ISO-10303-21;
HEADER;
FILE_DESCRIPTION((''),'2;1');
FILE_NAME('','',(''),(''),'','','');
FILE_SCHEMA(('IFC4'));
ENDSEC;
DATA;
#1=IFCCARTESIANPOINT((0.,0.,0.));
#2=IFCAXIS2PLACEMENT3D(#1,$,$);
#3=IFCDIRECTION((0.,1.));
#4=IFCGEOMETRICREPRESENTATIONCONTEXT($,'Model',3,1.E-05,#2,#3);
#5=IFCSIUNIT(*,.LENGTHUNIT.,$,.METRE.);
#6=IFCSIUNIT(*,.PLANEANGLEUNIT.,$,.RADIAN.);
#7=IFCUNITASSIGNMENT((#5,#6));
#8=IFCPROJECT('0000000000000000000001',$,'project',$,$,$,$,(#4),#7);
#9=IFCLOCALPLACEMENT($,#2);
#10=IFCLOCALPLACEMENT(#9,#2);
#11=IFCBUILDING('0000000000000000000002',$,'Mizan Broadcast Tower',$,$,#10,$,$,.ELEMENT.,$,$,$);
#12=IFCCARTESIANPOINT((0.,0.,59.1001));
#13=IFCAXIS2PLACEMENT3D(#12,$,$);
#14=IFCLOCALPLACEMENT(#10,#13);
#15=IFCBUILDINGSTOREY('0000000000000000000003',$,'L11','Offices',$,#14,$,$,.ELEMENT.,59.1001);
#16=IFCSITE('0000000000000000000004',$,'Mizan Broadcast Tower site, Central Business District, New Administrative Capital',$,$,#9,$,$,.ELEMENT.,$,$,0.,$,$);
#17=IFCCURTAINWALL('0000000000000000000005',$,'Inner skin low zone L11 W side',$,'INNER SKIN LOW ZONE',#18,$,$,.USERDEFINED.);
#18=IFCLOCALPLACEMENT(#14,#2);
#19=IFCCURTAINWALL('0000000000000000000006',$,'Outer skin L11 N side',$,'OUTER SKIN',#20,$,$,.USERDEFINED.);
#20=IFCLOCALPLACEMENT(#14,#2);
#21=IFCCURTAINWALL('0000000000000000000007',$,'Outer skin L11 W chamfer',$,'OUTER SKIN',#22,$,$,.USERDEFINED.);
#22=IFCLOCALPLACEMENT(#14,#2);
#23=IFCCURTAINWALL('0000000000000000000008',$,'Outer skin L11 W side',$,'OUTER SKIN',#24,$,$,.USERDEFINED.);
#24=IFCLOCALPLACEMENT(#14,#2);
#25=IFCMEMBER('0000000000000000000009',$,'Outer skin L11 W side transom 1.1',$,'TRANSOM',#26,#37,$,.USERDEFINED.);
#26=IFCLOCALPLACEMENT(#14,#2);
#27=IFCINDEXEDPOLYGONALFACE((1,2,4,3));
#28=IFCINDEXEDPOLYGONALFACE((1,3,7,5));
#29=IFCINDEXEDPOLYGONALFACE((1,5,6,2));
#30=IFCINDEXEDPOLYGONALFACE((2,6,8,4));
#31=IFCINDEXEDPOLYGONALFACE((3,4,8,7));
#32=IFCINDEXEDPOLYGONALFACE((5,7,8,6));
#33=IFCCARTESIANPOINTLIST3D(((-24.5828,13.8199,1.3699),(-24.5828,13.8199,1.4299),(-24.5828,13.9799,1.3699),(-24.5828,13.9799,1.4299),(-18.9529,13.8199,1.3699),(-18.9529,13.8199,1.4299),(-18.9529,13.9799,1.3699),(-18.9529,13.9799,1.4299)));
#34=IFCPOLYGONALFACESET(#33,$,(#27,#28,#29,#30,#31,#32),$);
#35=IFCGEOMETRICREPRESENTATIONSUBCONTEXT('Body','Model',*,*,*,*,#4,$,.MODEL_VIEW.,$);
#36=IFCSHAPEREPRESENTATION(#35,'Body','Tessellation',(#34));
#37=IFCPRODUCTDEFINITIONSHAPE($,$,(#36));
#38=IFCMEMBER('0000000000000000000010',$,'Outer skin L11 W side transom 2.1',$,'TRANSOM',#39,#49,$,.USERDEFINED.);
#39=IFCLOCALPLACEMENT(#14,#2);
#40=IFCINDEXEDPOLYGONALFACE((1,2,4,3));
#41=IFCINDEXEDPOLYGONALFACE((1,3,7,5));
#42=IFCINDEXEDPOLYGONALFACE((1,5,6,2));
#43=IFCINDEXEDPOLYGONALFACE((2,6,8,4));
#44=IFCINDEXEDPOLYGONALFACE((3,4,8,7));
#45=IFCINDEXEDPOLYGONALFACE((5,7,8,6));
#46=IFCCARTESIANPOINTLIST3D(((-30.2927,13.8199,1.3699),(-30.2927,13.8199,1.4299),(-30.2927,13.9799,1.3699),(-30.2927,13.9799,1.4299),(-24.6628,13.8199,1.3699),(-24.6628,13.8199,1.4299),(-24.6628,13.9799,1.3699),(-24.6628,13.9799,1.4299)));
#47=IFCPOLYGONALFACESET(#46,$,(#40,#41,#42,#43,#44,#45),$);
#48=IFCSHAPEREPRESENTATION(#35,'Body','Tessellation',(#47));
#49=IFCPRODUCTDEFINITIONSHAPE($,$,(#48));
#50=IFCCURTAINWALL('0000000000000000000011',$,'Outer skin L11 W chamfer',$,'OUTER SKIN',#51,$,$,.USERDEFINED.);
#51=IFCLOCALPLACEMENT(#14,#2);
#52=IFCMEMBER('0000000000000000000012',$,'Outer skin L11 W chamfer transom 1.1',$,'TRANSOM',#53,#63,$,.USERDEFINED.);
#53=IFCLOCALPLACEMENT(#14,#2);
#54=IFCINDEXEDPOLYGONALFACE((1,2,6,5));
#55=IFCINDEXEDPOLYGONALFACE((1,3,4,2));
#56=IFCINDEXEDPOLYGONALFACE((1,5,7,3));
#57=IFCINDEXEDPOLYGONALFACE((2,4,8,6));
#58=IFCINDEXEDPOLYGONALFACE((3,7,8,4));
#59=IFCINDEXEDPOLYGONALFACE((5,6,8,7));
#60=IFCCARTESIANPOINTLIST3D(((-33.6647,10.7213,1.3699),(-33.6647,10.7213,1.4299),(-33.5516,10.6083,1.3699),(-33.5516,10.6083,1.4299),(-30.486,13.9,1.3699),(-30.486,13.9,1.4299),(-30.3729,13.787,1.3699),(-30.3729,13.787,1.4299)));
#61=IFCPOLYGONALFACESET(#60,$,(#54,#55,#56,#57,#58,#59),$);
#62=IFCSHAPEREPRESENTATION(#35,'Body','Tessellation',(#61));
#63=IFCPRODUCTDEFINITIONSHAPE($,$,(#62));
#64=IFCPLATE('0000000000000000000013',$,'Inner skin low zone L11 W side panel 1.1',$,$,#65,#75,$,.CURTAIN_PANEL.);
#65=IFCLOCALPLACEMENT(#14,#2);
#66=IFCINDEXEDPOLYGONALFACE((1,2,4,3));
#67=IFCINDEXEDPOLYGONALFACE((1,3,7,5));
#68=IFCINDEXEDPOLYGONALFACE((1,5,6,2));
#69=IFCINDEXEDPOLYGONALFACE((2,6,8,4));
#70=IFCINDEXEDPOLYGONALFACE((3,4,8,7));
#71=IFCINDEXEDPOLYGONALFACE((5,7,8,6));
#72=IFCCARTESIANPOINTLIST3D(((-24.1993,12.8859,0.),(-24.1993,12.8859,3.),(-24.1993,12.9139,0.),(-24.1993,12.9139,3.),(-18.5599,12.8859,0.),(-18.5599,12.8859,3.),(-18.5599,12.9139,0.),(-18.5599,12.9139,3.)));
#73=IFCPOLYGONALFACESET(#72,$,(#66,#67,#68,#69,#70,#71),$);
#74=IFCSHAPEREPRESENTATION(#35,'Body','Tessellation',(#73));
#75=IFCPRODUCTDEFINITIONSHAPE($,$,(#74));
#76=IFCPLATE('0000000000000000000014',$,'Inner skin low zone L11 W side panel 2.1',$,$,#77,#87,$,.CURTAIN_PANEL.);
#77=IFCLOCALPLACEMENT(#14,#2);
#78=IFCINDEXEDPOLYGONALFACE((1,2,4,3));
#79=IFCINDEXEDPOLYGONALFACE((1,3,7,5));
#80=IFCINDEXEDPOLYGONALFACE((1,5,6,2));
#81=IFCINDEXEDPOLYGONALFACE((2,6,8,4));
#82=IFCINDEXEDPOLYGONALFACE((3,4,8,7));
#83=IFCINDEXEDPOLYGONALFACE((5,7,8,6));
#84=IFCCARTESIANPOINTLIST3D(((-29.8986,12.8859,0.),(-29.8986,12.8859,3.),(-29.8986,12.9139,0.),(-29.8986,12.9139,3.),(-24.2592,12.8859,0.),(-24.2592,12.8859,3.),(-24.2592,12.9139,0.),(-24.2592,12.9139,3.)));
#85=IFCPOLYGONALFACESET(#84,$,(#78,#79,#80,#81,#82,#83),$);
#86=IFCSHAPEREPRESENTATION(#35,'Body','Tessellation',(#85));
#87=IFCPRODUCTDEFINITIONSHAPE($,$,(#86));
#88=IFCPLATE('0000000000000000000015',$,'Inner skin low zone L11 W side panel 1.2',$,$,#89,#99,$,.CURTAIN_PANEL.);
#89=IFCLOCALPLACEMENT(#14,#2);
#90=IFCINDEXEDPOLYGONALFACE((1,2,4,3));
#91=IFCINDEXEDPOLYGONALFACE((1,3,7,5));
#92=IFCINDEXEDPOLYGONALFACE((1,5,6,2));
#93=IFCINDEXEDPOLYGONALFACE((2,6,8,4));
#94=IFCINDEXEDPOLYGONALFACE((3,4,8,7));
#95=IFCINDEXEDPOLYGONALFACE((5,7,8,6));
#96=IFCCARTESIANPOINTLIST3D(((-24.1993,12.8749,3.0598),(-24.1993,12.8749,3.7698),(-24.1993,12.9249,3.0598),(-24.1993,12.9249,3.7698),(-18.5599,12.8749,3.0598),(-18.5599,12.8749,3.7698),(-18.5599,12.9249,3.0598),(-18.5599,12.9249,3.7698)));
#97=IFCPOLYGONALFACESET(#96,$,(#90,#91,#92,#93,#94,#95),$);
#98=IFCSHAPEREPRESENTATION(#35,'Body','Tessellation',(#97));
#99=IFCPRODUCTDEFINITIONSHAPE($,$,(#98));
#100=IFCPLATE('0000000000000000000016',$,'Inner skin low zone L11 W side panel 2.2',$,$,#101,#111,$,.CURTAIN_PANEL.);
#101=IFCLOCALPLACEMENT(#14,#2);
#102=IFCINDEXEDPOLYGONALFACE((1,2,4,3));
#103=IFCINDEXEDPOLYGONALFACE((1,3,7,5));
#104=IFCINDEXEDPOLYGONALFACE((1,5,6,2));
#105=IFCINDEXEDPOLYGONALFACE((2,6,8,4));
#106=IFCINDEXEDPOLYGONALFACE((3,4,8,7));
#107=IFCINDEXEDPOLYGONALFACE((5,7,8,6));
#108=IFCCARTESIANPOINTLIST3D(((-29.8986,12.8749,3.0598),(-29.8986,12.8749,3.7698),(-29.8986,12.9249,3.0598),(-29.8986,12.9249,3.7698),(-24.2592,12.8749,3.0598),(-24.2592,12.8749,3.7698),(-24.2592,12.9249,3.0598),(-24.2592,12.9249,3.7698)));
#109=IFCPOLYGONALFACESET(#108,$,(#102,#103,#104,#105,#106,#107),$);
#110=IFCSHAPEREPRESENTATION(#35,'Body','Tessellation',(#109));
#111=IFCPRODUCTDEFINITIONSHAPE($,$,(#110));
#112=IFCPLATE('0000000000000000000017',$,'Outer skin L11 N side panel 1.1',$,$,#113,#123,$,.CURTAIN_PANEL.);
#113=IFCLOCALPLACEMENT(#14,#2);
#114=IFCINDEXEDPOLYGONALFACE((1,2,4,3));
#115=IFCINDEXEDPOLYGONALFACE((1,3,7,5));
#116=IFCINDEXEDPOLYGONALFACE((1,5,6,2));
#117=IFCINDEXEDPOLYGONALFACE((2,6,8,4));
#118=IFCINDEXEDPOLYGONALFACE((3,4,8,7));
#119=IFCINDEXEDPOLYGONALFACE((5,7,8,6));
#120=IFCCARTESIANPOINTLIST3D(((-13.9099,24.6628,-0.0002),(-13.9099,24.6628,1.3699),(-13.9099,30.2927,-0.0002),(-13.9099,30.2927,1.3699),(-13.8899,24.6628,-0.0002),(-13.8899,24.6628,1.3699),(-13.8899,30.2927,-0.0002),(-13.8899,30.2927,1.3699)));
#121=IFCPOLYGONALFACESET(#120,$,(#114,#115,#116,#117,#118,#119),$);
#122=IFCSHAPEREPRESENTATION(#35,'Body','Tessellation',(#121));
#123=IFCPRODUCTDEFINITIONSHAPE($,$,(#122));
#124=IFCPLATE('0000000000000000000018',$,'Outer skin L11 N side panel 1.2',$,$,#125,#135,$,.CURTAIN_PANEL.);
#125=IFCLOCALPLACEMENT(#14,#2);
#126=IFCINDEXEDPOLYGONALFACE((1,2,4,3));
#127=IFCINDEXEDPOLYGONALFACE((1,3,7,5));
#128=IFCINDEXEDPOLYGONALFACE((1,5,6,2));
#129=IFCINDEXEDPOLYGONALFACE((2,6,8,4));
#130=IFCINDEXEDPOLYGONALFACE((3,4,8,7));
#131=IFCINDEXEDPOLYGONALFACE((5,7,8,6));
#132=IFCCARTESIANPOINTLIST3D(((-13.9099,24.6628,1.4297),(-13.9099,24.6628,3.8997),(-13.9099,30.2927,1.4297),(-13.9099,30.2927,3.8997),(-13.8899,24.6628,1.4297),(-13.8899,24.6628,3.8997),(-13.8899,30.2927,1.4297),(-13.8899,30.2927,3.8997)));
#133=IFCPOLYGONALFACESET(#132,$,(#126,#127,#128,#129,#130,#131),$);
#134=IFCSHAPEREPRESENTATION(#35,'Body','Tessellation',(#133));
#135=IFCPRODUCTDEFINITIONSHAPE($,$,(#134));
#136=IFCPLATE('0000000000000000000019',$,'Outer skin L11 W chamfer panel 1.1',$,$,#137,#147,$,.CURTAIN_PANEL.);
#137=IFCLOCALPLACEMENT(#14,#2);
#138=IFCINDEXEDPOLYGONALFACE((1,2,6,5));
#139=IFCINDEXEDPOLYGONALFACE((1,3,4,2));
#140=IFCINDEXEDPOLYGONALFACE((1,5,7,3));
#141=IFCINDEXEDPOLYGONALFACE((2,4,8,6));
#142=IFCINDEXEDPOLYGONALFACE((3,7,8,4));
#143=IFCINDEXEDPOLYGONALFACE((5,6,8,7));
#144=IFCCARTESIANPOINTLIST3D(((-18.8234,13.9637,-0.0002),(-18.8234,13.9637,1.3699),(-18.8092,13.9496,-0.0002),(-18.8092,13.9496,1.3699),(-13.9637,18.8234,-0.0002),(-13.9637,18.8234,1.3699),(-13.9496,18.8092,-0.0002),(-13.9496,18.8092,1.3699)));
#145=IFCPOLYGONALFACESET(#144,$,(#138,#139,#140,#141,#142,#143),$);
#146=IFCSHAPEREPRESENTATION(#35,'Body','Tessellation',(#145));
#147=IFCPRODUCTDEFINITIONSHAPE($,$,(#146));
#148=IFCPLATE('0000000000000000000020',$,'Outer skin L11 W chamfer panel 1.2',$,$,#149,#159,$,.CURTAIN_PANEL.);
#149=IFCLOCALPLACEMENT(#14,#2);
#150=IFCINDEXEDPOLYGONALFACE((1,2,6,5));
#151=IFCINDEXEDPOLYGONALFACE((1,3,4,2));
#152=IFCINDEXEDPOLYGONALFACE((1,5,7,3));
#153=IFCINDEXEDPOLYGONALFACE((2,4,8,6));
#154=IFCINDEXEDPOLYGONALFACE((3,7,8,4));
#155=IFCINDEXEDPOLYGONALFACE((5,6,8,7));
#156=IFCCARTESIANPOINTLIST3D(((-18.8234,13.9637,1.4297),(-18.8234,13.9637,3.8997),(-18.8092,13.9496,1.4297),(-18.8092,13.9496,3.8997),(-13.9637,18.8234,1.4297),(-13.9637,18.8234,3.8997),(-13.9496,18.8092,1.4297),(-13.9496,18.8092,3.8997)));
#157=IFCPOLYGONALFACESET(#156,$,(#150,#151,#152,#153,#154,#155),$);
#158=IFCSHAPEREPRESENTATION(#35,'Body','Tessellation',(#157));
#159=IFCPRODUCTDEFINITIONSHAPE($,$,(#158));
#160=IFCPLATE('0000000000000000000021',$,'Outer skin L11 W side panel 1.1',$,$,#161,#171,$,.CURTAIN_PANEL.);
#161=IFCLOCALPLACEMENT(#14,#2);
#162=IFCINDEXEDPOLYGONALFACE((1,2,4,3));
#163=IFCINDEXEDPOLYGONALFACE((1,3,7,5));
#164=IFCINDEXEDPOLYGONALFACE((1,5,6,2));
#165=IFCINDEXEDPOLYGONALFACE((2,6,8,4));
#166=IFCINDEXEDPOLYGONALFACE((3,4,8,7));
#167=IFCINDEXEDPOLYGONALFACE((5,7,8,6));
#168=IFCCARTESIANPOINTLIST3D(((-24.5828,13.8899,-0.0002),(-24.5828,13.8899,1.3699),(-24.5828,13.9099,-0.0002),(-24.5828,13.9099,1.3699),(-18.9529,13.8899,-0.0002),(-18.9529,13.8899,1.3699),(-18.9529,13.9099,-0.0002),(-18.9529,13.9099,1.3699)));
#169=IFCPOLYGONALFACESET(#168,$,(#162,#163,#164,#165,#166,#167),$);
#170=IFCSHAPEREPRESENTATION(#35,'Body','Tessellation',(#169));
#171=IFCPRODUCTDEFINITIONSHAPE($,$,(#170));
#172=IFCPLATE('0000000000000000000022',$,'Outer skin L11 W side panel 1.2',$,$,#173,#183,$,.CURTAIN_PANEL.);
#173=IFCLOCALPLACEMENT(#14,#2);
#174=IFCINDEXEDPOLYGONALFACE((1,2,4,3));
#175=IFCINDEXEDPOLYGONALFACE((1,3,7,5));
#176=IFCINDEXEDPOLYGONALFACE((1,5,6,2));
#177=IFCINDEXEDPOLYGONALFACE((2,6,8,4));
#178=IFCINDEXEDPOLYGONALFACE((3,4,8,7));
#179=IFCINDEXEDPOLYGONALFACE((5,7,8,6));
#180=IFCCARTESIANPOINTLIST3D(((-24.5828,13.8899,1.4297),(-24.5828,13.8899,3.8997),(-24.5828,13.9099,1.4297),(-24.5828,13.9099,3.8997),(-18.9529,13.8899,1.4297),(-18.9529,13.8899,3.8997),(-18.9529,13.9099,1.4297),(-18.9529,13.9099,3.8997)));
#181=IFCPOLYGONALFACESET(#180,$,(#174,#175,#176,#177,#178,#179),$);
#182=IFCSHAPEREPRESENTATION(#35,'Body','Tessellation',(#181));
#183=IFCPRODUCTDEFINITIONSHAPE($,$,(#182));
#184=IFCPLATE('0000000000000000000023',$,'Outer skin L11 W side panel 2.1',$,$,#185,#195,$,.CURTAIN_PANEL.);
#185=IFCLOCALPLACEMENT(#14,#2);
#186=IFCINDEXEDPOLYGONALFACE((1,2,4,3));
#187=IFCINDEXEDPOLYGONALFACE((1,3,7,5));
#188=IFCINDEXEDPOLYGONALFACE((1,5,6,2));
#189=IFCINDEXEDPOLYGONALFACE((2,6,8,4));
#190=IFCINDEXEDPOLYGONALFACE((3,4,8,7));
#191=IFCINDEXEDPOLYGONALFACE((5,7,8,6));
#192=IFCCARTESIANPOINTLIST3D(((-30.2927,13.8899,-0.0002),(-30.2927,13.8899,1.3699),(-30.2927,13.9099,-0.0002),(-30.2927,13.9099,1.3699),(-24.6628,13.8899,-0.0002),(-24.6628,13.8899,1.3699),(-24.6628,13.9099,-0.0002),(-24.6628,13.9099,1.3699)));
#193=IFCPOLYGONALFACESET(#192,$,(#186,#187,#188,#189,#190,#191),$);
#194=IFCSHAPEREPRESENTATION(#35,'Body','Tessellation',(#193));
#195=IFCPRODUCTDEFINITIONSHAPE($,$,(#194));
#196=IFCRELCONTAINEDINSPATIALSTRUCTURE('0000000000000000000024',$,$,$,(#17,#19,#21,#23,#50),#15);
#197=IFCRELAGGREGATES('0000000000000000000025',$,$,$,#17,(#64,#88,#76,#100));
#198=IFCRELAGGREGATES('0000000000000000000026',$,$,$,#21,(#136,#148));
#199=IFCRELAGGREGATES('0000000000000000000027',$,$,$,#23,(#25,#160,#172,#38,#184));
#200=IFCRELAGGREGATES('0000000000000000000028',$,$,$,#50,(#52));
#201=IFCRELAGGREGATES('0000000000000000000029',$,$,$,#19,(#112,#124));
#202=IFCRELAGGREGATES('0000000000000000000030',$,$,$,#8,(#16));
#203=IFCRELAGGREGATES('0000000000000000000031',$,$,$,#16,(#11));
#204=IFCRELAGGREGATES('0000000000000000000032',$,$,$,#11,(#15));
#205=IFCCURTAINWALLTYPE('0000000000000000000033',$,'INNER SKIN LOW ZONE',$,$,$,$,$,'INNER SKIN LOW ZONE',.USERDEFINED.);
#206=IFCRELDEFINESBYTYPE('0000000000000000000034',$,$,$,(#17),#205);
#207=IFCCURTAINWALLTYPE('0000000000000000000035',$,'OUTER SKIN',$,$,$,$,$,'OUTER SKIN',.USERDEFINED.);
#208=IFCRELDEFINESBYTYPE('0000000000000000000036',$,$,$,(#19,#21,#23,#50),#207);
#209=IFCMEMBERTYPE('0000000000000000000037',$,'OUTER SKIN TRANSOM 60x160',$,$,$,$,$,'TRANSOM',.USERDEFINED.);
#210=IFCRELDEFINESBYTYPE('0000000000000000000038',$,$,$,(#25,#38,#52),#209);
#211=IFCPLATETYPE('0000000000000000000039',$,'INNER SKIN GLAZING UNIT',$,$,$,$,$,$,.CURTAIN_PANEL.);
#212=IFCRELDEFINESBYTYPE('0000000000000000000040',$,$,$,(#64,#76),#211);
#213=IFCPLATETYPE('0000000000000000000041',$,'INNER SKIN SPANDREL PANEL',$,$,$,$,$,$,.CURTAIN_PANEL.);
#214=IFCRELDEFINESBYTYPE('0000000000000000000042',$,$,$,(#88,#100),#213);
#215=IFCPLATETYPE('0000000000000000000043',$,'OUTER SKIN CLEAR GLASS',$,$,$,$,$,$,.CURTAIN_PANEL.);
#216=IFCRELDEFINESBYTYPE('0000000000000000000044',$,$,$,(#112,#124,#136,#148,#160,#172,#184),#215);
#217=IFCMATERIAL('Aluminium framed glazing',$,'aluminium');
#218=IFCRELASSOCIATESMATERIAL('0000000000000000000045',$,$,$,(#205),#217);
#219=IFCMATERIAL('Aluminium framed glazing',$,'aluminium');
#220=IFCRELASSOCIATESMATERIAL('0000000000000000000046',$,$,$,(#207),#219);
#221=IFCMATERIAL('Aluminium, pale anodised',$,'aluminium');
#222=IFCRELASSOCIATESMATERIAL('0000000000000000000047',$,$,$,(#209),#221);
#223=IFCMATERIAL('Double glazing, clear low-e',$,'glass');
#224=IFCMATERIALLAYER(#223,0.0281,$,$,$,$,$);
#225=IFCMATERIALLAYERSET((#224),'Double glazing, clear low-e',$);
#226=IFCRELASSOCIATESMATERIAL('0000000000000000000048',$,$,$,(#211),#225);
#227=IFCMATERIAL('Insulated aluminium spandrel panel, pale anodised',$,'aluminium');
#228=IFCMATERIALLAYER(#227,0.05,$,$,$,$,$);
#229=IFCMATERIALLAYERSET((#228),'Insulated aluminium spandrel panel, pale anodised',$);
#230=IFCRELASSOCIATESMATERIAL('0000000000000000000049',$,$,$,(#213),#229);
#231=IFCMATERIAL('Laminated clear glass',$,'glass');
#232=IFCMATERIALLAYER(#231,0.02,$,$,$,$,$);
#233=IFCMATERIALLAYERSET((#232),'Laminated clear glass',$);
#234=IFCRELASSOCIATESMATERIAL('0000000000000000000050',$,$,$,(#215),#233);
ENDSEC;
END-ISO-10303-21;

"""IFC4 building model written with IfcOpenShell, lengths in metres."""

from ifc_helpers import new_model, si_unit, direction, frame, origin, origin_2d, place, context, subcontext, project, spatial, rectangle, extrude, material, layer, layer_set, material_profile, profile_set, type_object, element, aggregate, save


model = new_model("IFC4")

# Units and contexts
model_context = context("Model", 3, precision=1e-05, world=origin(), true_north=direction((0.0, 1.0)))
body_context = subcontext(model_context, "Body", "Model", "MODEL_VIEW")
ifc_project = project(units=[si_unit("LENGTHUNIT", "METRE"), si_unit("PLANEANGLEUNIT", "RADIAN")], contexts=[model_context])

# Site, building, storey
site_placement = place(None, origin())
site = spatial("IfcSite", under=ifc_project, at=site_placement, Name="Mizan Broadcast Tower site, Central Business District, New Administrative Capital", CompositionType="ELEMENT", RefElevation=0.0)
building_placement = place(site_placement, origin())
building = spatial("IfcBuilding", under=site, at=building_placement, Name="Mizan Broadcast Tower", CompositionType="ELEMENT")
storey_placement = place(building_placement, frame((0.0, 0.0, 59.1001)))
storey = spatial("IfcBuildingStorey", under=building, at=storey_placement, Name="L11", Description="Offices", CompositionType="ELEMENT", Elevation=59.1001)

# Curtain wall
ifc_material_1 = material(Name="Aluminium framed glazing", Category="aluminium")
curtain_wall_type_1 = type_object("IfcCurtainWallType", Name="INNER SKIN LOW ZONE", ElementType="INNER SKIN LOW ZONE", PredefinedType="USERDEFINED", material=ifc_material_1)
curtain_wall_1_placement = place(storey_placement, origin())
curtain_wall_1 = element("IfcCurtainWall", 1, at=curtain_wall_1_placement, inside=storey, type_object=curtain_wall_type_1, Name="Inner skin low zone L11 W side", ObjectType="INNER SKIN LOW ZONE", PredefinedType="USERDEFINED")

# Shared definitions
ifc_material_2 = material(Name="Aluminium framed glazing", Category="aluminium")
curtain_wall_type_2 = type_object("IfcCurtainWallType", Name="OUTER SKIN", ElementType="OUTER SKIN", PredefinedType="USERDEFINED", material=ifc_material_2)

# Curtain wall
curtain_wall_2_placement = place(storey_placement, origin())
curtain_wall_2 = element("IfcCurtainWall", 2, at=curtain_wall_2_placement, inside=storey, type_object=curtain_wall_type_2, Name="Outer skin L11 N side", ObjectType="OUTER SKIN", PredefinedType="USERDEFINED")

# Curtain wall
curtain_wall_3_placement = place(storey_placement, origin())
curtain_wall_3 = element("IfcCurtainWall", 3, at=curtain_wall_3_placement, inside=storey, type_object=curtain_wall_type_2, Name="Outer skin L11 W chamfer", ObjectType="OUTER SKIN", PredefinedType="USERDEFINED")

# Curtain wall
curtain_wall_4_placement = place(storey_placement, origin())
curtain_wall_4 = element("IfcCurtainWall", 4, at=curtain_wall_4_placement, inside=storey, type_object=curtain_wall_type_2, Name="Outer skin L11 W side", ObjectType="OUTER SKIN", PredefinedType="USERDEFINED")

# Members
ifc_material_3 = material(Name="Aluminium, pale anodised", Category="aluminium")
ifc_material_profile_1 = material_profile(ifc_material_3, rectangle(XDim=0.1599, YDim=0.0601, at=origin_2d()), Name="TRANSOM 160x60")
ifc_profile_set_1 = profile_set([ifc_material_profile_1], Name="Aluminium, pale anodised")
member_type_1 = type_object("IfcMemberType", Name="OUTER SKIN TRANSOM 60x160", ElementType="TRANSOM", PredefinedType="USERDEFINED", material=ifc_profile_set_1)
member_1_placement = place(storey_placement, frame((-18.9529, 13.8999, 1.3999), z_axis=(-1.0, 0.0, 0.0), x_axis=(0.0, -1.0, 0.0)))
member_1 = element("IfcMember", 5, at=member_1_placement, type_object=member_type_1, Name="Outer skin L11 W side transom 1.1", ObjectType="TRANSOM", PredefinedType="USERDEFINED", context=body_context, shape_type="SweptSolid", body=[
    extrude(rectangle(XDim=0.1599, YDim=0.0601, at=origin_2d()), origin(), (0.0, 0.0, 1.0), 5.6299),
])
member_2_placement = place(storey_placement, frame((-24.6628, 13.8999, 1.3999), z_axis=(-1.0, 0.0, 0.0), x_axis=(0.0, -1.0, 0.0)))
member_2 = element("IfcMember", 6, at=member_2_placement, type_object=member_type_1, Name="Outer skin L11 W side transom 2.1", ObjectType="TRANSOM", PredefinedType="USERDEFINED", context=body_context, shape_type="SweptSolid", body=[
    extrude(rectangle(XDim=0.1599, YDim=0.0601, at=origin_2d()), origin(), (0.0, 0.0, 1.0), 5.6299),
])

# Curtain wall, member
curtain_wall_5_placement = place(storey_placement, origin())
curtain_wall_5 = element("IfcCurtainWall", 7, at=curtain_wall_5_placement, inside=storey, type_object=curtain_wall_type_2, Name="Outer skin L11 W chamfer", ObjectType="OUTER SKIN", PredefinedType="USERDEFINED")
member_3_placement = place(storey_placement, frame((-30.4294, 13.8435, 1.3999), z_axis=(-0.707107, -0.707107, 0.0), x_axis=(0.707107, -0.707107, 0.0)))
member_3 = element("IfcMember", 8, at=member_3_placement, type_object=member_type_1, Name="Outer skin L11 W chamfer transom 1.1", ObjectType="TRANSOM", PredefinedType="USERDEFINED", context=body_context, shape_type="SweptSolid", body=[
    extrude(rectangle(XDim=0.1599, YDim=0.0601, at=origin_2d()), origin(), (0.0, 0.0, 1.0), 4.4954),
])

# Plates
ifc_material_4 = material(Name="Double glazing, clear low-e", Category="glass")
ifc_layer_1 = layer(ifc_material_4, 0.0281)
ifc_layer_set_1 = layer_set([ifc_layer_1], Name="Double glazing, clear low-e")
plate_type_1 = type_object("IfcPlateType", Name="INNER SKIN GLAZING UNIT", PredefinedType="CURTAIN_PANEL", material=ifc_layer_set_1)
plate_1_placement = place(storey_placement, frame((-21.3796, 12.8999, 0.0), z_axis=(0.0, 0.0, 1.0), x_axis=(-1.0, 0.0, 0.0)))
plate_1 = element("IfcPlate", 9, at=plate_1_placement, type_object=plate_type_1, Name="Inner skin low zone L11 W side panel 1.1", PredefinedType="CURTAIN_PANEL", context=body_context, shape_type="SweptSolid", body=[
    extrude(rectangle(XDim=5.6394, YDim=0.0281, at=origin_2d()), origin(), (0.0, 0.0, 1.0), 3.0),
])
plate_2_placement = place(storey_placement, frame((-27.0789, 12.8999, 0.0), z_axis=(0.0, 0.0, 1.0), x_axis=(-1.0, 0.0, 0.0)))
plate_2 = element("IfcPlate", 10, at=plate_2_placement, type_object=plate_type_1, Name="Inner skin low zone L11 W side panel 2.1", PredefinedType="CURTAIN_PANEL", context=body_context, shape_type="SweptSolid", body=[
    extrude(rectangle(XDim=5.6394, YDim=0.0281, at=origin_2d()), origin(), (0.0, 0.0, 1.0), 3.0),
])
ifc_material_5 = material(Name="Insulated aluminium spandrel panel, pale anodised", Category="aluminium")
ifc_layer_2 = layer(ifc_material_5, 0.05)
ifc_layer_set_2 = layer_set([ifc_layer_2], Name="Insulated aluminium spandrel panel, pale anodised")
plate_type_2 = type_object("IfcPlateType", Name="INNER SKIN SPANDREL PANEL", PredefinedType="CURTAIN_PANEL", material=ifc_layer_set_2)
plate_3_placement = place(storey_placement, frame((-21.3796, 12.8999, 3.0598), z_axis=(0.0, 0.0, 1.0), x_axis=(-1.0, 0.0, 0.0)))
plate_3 = element("IfcPlate", 11, at=plate_3_placement, type_object=plate_type_2, Name="Inner skin low zone L11 W side panel 1.2", PredefinedType="CURTAIN_PANEL", context=body_context, shape_type="SweptSolid", body=[
    extrude(rectangle(XDim=5.6394, YDim=0.05, at=origin_2d()), origin(), (0.0, 0.0, 1.0), 0.71),
])
plate_4_placement = place(storey_placement, frame((-27.0789, 12.8999, 3.0598), z_axis=(0.0, 0.0, 1.0), x_axis=(-1.0, 0.0, 0.0)))
plate_4 = element("IfcPlate", 12, at=plate_4_placement, type_object=plate_type_2, Name="Inner skin low zone L11 W side panel 2.2", PredefinedType="CURTAIN_PANEL", context=body_context, shape_type="SweptSolid", body=[
    extrude(rectangle(XDim=5.6394, YDim=0.05, at=origin_2d()), origin(), (0.0, 0.0, 1.0), 0.71),
])
aggregate(curtain_wall_1, [plate_1, plate_3, plate_2, plate_4])
ifc_material_6 = material(Name="Laminated clear glass", Category="glass")
ifc_layer_3 = layer(ifc_material_6, 0.02)
ifc_layer_set_3 = layer_set([ifc_layer_3], Name="Laminated clear glass")
plate_type_3 = type_object("IfcPlateType", Name="OUTER SKIN CLEAR GLASS", PredefinedType="CURTAIN_PANEL", material=ifc_layer_set_3)
plate_5_placement = place(storey_placement, frame((-13.8999, 27.4778, -0.0002), z_axis=(0.0, 0.0, 1.0), x_axis=(0.0, -1.0, 0.0)))
plate_5 = element("IfcPlate", 13, at=plate_5_placement, type_object=plate_type_3, Name="Outer skin L11 N side panel 1.1", PredefinedType="CURTAIN_PANEL", context=body_context, shape_type="SweptSolid", body=[
    extrude(rectangle(XDim=5.6299, YDim=0.02, at=origin_2d()), origin(), (0.0, 0.0, 1.0), 1.3701),
])
plate_6_placement = place(storey_placement, frame((-13.8999, 27.4778, 1.4297), z_axis=(0.0, 0.0, 1.0), x_axis=(0.0, -1.0, 0.0)))
plate_6 = element("IfcPlate", 14, at=plate_6_placement, type_object=plate_type_3, Name="Outer skin L11 N side panel 1.2", PredefinedType="CURTAIN_PANEL", context=body_context, shape_type="SweptSolid", body=[
    extrude(rectangle(XDim=5.6299, YDim=0.02, at=origin_2d()), origin(), (0.0, 0.0, 1.0), 2.47),
])
plate_7_placement = place(storey_placement, frame((-16.3865, 16.3865, -0.0002), z_axis=(0.0, 0.0, 1.0), x_axis=(-0.707107, -0.707107, 0.0)))
plate_7 = element("IfcPlate", 15, at=plate_7_placement, type_object=plate_type_3, Name="Outer skin L11 W chamfer panel 1.1", PredefinedType="CURTAIN_PANEL", context=body_context, shape_type="SweptSolid", body=[
    extrude(rectangle(XDim=6.8726, YDim=0.02, at=origin_2d()), origin(), (0.0, 0.0, 1.0), 1.3701),
])
plate_8_placement = place(storey_placement, frame((-16.3865, 16.3865, 1.4297), z_axis=(0.0, 0.0, 1.0), x_axis=(-0.707107, -0.707107, 0.0)))
plate_8 = element("IfcPlate", 16, at=plate_8_placement, type_object=plate_type_3, Name="Outer skin L11 W chamfer panel 1.2", PredefinedType="CURTAIN_PANEL", context=body_context, shape_type="SweptSolid", body=[
    extrude(rectangle(XDim=6.8726, YDim=0.02, at=origin_2d()), origin(), (0.0, 0.0, 1.0), 2.47),
])
aggregate(curtain_wall_3, [plate_7, plate_8])
plate_9_placement = place(storey_placement, frame((-21.7678, 13.8999, -0.0002), z_axis=(0.0, 0.0, 1.0), x_axis=(-1.0, 0.0, 0.0)))
plate_9 = element("IfcPlate", 17, at=plate_9_placement, type_object=plate_type_3, Name="Outer skin L11 W side panel 1.1", PredefinedType="CURTAIN_PANEL", context=body_context, shape_type="SweptSolid", body=[
    extrude(rectangle(XDim=5.6299, YDim=0.02, at=origin_2d()), origin(), (0.0, 0.0, 1.0), 1.3701),
])
plate_10_placement = place(storey_placement, frame((-21.7678, 13.8999, 1.4297), z_axis=(0.0, 0.0, 1.0), x_axis=(-1.0, 0.0, 0.0)))
plate_10 = element("IfcPlate", 18, at=plate_10_placement, type_object=plate_type_3, Name="Outer skin L11 W side panel 1.2", PredefinedType="CURTAIN_PANEL", context=body_context, shape_type="SweptSolid", body=[
    extrude(rectangle(XDim=5.6299, YDim=0.02, at=origin_2d()), origin(), (0.0, 0.0, 1.0), 2.47),
])
plate_11_placement = place(storey_placement, frame((-27.4778, 13.8999, -0.0002), z_axis=(0.0, 0.0, 1.0), x_axis=(-1.0, 0.0, 0.0)))
plate_11 = element("IfcPlate", 19, at=plate_11_placement, type_object=plate_type_3, Name="Outer skin L11 W side panel 2.1", PredefinedType="CURTAIN_PANEL", context=body_context, shape_type="SweptSolid", body=[
    extrude(rectangle(XDim=5.6299, YDim=0.02, at=origin_2d()), origin(), (0.0, 0.0, 1.0), 1.3701),
])
aggregate(curtain_wall_4, [member_1, plate_9, plate_10, member_2, plate_11])
aggregate(curtain_wall_5, [member_3])
aggregate(curtain_wall_2, [plate_5, plate_6])

save(model, "model.ifc")
